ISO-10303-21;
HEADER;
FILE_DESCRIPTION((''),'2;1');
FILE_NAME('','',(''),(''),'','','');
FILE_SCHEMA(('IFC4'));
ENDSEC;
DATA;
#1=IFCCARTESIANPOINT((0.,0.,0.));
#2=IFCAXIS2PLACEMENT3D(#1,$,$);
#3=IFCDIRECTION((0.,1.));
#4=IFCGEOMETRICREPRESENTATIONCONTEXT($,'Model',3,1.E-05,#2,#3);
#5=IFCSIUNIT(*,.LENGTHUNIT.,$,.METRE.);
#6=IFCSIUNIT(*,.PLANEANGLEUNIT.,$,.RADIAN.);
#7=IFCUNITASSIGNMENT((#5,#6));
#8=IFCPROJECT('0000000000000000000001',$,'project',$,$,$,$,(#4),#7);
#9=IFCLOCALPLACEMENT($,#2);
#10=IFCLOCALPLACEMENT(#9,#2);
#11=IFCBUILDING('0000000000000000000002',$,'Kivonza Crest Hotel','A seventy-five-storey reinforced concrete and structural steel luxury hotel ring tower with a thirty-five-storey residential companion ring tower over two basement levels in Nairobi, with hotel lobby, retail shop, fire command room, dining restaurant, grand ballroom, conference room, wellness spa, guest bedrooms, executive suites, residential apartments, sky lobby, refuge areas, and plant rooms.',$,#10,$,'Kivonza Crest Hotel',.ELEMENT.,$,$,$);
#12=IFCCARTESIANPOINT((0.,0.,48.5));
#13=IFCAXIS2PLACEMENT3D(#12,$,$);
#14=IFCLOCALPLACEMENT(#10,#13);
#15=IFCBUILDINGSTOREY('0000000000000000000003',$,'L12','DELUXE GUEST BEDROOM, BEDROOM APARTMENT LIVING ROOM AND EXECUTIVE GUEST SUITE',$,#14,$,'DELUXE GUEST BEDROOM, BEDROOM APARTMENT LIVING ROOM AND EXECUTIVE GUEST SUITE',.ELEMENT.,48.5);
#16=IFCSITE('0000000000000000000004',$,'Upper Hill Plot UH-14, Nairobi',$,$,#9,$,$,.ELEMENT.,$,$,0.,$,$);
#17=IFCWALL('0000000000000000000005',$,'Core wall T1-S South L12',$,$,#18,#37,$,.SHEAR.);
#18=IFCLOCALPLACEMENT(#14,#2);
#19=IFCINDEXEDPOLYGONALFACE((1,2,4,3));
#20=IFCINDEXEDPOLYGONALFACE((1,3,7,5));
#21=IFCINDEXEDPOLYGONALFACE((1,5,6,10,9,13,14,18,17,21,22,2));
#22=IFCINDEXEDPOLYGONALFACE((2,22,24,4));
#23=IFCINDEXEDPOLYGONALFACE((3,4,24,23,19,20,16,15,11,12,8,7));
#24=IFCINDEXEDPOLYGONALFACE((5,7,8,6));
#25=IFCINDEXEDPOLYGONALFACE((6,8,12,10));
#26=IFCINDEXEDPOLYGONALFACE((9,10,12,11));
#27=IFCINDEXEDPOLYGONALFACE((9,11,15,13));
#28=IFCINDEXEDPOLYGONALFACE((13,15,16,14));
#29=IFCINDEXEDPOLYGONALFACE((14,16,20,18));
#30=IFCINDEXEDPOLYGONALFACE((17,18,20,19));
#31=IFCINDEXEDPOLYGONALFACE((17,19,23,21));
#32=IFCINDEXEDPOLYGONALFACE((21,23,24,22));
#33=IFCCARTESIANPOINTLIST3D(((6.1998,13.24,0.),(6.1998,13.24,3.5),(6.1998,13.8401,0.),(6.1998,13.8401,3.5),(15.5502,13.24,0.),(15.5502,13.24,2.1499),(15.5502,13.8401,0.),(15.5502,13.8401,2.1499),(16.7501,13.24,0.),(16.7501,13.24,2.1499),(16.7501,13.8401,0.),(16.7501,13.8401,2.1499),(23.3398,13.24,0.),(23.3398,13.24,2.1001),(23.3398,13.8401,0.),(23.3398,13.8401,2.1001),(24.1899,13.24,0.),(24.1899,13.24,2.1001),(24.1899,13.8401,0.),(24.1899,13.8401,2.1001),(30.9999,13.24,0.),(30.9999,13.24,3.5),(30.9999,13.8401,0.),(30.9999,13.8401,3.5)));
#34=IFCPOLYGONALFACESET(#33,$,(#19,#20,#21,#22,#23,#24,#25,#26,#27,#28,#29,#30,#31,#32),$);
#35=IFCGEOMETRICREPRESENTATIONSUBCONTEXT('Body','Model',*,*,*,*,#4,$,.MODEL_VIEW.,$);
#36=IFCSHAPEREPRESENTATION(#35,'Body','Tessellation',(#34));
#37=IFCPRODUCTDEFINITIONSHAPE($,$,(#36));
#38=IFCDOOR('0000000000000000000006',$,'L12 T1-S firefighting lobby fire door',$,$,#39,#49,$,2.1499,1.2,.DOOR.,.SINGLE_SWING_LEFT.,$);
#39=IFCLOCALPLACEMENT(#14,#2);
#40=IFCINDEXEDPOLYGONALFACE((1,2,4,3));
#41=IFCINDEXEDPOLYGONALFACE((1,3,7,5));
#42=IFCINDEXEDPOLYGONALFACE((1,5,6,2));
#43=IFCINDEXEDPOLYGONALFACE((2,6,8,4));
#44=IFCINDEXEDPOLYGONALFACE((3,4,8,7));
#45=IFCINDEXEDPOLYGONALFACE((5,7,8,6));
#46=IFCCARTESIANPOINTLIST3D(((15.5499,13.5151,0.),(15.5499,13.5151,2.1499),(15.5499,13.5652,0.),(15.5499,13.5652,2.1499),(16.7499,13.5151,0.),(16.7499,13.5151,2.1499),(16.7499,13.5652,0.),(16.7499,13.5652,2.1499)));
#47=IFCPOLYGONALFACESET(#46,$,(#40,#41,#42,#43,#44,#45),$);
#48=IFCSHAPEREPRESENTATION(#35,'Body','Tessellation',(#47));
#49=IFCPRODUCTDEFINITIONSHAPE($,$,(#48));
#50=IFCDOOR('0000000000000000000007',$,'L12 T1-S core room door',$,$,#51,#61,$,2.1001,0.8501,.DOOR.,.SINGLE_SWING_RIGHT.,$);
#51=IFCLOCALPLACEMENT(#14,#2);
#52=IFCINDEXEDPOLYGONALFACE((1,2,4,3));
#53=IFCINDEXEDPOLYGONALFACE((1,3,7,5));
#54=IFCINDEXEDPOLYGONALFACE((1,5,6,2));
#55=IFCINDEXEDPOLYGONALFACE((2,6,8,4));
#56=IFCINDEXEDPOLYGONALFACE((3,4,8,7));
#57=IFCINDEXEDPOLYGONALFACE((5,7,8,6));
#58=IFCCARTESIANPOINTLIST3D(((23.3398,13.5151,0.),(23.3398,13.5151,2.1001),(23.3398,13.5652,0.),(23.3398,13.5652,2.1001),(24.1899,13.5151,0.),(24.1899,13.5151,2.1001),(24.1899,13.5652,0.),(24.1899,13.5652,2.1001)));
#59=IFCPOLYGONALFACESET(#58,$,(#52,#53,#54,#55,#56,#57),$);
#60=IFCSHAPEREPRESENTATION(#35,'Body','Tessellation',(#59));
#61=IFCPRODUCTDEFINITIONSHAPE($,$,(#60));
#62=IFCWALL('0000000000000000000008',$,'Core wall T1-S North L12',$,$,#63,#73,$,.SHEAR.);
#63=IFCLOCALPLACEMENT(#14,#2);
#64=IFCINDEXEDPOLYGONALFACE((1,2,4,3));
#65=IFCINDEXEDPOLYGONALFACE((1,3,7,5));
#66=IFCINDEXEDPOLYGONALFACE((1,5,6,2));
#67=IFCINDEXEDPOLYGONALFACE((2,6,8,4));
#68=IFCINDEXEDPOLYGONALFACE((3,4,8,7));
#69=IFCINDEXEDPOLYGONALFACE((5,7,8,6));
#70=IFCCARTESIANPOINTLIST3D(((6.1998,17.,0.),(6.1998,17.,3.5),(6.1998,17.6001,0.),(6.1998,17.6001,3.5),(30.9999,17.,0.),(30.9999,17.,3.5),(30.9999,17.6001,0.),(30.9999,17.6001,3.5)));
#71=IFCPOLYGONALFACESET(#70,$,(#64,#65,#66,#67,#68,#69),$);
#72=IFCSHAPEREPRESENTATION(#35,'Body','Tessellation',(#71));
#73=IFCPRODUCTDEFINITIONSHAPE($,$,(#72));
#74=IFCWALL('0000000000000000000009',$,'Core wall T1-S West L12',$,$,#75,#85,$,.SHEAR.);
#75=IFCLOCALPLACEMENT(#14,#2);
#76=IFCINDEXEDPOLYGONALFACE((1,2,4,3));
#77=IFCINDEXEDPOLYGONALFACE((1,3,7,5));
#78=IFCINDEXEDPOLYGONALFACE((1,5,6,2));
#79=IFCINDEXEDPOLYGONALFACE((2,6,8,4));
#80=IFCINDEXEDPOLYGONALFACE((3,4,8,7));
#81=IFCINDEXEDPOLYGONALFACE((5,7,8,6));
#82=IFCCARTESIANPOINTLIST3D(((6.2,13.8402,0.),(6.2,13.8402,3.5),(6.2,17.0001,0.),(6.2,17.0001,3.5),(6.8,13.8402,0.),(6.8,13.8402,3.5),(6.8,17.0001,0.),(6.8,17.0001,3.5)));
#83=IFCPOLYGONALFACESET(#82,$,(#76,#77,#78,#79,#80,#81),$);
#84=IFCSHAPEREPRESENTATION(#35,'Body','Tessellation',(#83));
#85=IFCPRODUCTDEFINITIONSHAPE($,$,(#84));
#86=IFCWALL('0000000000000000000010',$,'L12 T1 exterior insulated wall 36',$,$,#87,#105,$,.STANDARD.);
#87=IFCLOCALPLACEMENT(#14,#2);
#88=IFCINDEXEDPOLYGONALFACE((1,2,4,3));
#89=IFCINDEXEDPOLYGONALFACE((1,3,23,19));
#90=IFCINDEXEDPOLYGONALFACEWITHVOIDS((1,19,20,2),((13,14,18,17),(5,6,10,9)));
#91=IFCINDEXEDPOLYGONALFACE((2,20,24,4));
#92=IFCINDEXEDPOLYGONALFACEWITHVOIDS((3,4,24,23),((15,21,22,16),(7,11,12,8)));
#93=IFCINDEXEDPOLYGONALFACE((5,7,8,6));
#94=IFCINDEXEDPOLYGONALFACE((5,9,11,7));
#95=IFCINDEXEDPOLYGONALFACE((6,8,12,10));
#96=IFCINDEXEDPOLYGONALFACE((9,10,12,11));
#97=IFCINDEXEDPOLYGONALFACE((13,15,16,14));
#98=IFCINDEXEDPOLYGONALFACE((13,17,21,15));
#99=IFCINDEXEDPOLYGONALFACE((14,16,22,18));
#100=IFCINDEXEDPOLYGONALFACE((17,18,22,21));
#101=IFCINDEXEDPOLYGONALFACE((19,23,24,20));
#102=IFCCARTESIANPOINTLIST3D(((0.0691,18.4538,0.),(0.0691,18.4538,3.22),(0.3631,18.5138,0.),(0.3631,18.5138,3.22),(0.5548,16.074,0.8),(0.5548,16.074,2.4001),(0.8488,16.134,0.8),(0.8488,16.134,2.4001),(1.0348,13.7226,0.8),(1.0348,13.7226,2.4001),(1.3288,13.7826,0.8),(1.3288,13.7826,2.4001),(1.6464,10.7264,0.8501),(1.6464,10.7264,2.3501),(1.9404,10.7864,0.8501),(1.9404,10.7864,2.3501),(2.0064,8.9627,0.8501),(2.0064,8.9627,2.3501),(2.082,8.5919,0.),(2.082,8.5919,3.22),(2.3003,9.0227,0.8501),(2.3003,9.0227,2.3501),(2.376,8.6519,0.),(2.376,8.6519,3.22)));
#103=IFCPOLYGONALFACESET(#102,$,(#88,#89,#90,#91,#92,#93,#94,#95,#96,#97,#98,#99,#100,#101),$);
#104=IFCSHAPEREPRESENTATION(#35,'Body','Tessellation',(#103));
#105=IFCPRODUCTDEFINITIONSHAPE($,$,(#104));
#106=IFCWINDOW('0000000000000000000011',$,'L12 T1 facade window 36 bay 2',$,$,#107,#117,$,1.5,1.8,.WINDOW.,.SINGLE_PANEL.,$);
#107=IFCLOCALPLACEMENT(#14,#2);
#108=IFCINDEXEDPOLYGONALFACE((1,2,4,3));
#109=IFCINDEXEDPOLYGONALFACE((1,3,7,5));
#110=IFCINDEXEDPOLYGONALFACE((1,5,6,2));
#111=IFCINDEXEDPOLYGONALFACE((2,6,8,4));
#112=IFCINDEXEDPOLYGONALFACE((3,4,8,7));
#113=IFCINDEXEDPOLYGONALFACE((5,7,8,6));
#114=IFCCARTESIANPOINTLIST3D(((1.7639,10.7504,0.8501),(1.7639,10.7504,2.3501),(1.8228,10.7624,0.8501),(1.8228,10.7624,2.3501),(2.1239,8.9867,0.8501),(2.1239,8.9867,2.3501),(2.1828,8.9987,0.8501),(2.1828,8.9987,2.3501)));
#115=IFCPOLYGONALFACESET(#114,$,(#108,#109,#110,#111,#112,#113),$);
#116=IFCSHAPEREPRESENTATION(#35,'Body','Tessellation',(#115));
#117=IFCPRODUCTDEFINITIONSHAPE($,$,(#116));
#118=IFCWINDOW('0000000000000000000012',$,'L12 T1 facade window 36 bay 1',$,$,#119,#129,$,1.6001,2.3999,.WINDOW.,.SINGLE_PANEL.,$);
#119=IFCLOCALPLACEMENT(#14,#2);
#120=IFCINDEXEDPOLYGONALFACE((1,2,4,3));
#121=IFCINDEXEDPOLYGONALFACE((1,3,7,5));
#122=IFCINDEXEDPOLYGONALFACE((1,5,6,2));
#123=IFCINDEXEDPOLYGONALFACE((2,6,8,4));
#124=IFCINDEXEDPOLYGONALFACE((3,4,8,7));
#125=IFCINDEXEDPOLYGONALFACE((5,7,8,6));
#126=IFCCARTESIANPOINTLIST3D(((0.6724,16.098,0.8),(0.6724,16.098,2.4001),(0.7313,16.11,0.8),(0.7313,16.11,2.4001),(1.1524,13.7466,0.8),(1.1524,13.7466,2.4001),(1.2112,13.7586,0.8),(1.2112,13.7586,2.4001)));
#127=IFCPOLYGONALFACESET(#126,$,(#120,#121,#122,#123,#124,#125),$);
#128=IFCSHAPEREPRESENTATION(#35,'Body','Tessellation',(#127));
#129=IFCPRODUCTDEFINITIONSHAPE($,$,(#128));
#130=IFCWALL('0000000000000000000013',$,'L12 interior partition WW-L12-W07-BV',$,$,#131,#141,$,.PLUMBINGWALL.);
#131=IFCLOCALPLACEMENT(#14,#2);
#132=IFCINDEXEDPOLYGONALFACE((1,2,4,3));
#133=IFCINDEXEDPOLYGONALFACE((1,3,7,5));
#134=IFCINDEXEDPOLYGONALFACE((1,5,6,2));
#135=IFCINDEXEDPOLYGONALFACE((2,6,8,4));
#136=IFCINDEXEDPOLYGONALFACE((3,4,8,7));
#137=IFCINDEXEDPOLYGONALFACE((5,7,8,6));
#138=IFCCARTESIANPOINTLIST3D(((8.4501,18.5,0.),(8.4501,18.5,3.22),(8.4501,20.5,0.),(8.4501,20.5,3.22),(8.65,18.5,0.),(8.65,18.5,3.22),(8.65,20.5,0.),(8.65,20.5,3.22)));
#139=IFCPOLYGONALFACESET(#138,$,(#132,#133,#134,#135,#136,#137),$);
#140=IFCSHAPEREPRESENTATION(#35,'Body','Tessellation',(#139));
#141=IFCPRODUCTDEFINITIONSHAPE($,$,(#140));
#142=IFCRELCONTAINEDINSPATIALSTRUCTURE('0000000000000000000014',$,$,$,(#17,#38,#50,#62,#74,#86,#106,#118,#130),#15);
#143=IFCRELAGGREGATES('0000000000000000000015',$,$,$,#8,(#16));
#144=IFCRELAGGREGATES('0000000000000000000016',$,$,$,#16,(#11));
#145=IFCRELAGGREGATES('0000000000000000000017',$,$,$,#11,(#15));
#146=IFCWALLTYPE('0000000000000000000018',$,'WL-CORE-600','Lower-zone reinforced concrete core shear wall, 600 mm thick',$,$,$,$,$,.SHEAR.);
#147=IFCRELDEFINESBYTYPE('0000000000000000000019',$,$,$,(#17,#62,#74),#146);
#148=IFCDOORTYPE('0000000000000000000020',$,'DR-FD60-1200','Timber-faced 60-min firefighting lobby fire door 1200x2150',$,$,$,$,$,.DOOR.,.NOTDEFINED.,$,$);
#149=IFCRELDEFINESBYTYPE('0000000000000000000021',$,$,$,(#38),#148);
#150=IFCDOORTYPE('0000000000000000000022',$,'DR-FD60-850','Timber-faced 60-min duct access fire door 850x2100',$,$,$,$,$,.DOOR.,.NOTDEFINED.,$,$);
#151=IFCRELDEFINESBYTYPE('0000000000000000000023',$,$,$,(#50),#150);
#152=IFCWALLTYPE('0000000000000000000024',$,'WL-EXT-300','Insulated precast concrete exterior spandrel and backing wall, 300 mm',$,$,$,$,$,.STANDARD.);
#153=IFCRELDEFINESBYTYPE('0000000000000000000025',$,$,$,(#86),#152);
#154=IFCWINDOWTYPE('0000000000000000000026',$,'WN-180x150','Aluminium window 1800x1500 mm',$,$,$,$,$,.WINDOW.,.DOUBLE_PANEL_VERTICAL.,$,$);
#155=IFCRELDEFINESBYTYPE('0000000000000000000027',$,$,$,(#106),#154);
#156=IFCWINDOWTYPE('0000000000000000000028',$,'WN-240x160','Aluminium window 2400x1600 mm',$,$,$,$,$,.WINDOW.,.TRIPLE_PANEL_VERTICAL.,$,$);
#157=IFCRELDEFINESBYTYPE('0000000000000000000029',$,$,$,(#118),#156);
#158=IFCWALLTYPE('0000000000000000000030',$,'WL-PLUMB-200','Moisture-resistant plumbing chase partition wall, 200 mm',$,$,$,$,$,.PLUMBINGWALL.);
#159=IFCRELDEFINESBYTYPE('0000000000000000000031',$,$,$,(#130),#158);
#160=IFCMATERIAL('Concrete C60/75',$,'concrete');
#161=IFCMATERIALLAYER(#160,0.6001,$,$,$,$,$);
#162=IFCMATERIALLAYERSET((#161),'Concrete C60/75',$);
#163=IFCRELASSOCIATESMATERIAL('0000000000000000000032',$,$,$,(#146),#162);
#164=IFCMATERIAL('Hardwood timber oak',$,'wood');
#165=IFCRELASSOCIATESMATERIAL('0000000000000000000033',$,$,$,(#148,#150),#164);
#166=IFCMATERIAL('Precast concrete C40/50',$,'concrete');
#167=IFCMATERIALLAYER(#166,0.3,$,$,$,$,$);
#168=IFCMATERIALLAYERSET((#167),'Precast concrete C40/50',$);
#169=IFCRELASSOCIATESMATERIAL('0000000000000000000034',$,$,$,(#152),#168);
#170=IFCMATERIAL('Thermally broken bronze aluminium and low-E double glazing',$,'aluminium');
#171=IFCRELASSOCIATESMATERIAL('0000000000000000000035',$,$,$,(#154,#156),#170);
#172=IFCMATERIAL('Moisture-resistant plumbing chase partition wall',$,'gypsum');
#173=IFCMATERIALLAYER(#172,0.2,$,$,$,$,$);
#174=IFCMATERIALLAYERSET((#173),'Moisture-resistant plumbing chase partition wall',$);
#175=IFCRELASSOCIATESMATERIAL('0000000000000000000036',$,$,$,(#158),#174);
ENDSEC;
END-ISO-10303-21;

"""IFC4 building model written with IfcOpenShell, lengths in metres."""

from ifc_helpers import new_model, si_unit, direction, frame, frame_2d, origin, place, context, subcontext, project, spatial, rectangle, extrude, material, layer, layer_set, type_object, element, fill, save


model = new_model("IFC4")

# Units and contexts
model_context = context("Model", 3, precision=1e-05, world=origin(), true_north=direction((0.0, 1.0)))
body_context = subcontext(model_context, "Body", "Model", "MODEL_VIEW")
ifc_project = project(units=[si_unit("LENGTHUNIT", "METRE"), si_unit("PLANEANGLEUNIT", "RADIAN")], contexts=[model_context])

# Site, building, storey
site_placement = place(None, origin())
site = spatial("IfcSite", under=ifc_project, at=site_placement, Name="Upper Hill Plot UH-14, Nairobi", CompositionType="ELEMENT", RefElevation=0.0)
building_placement = place(site_placement, origin())
building = spatial("IfcBuilding", under=site, at=building_placement, Name="Kivonza Crest Hotel", Description="A seventy-five-storey reinforced concrete and structural steel luxury hotel ring tower with a thirty-five-storey residential companion ring tower over two basement levels in Nairobi, with hotel lobby, retail shop, fire command room, dining restaurant, grand ballroom, conference room, wellness spa, guest bedrooms, executive suites, residential apartments, sky lobby, refuge areas, and plant rooms.", LongName="Kivonza Crest Hotel", CompositionType="ELEMENT")
storey_placement = place(building_placement, frame((0.0, 0.0, 48.5)))
storey = spatial("IfcBuildingStorey", under=building, at=storey_placement, Name="L12", Description="DELUXE GUEST BEDROOM, BEDROOM APARTMENT LIVING ROOM AND EXECUTIVE GUEST SUITE", LongName="DELUXE GUEST BEDROOM, BEDROOM APARTMENT LIVING ROOM AND EXECUTIVE GUEST SUITE", CompositionType="ELEMENT", Elevation=48.5)

# Shared definitions
ifc_material_1 = material(Name="Concrete C60/75", Category="concrete")

# Wall, openings, doors
ifc_layer_1 = layer(ifc_material_1, 0.6001)
ifc_layer_set_1 = layer_set([ifc_layer_1], Name="Concrete C60/75")
wall_type_1 = type_object("IfcWallType", Name="WL-CORE-600", Description="Lower-zone reinforced concrete core shear wall, 600 mm thick", PredefinedType="SHEAR", material=ifc_layer_set_1)
wall_1_placement = place(storey_placement, frame((6.2, 13.54, 0.0), z_axis=(0.0, 0.0, 1.0), x_axis=(1.0, 0.0, 0.0)))
wall_1 = element("IfcWall", 1, at=wall_1_placement, inside=storey, type_object=wall_type_1, Name="Core wall T1-S South L12", PredefinedType="SHEAR", context=body_context, shape_type="SweptSolid", body=[
    extrude(rectangle(XDim=24.8, YDim=0.6001, at=frame_2d((12.3999, 0.0))), origin(), (0.0, 0.0, 1.0), 3.5),
])
opening_1_placement = place(wall_1_placement, frame((9.3501, 0.0, 0.0)))
opening_1 = element("IfcOpeningElement", 2, at=opening_1_placement, cuts=wall_1, PredefinedType="OPENING", context=body_context, shape_type="SweptSolid", body=[
    extrude(rectangle(XDim=1.2, YDim=2.1499, at=frame_2d((0.6001, 1.075))), frame((0.0, 0.3101, 0.0), z_axis=(0.0, -1.0, 0.0), x_axis=(1.0, 0.0, 0.0)), (0.0, 0.0, 1.0), 0.6201),
])
opening_2_placement = place(wall_1_placement, frame((17.1399, 0.0, 0.0)))
opening_2 = element("IfcOpeningElement", 3, at=opening_2_placement, cuts=wall_1, PredefinedType="OPENING", context=body_context, shape_type="SweptSolid", body=[
    extrude(rectangle(XDim=0.8501, YDim=2.1001, at=frame_2d((0.425, 1.05))), frame((0.0, 0.3101, 0.0), z_axis=(0.0, -1.0, 0.0), x_axis=(1.0, 0.0, 0.0)), (0.0, 0.0, 1.0), 0.6201),
])
ifc_material_2 = material(Name="Hardwood timber oak", Category="wood")
door_type_1 = type_object("IfcDoorType", Name="DR-FD60-1200", Description="Timber-faced 60-min firefighting lobby fire door 1200x2150", OperationType="NOTDEFINED", PredefinedType="DOOR", material=ifc_material_2)
door_1_placement = place(opening_1_placement, frame((1.2, 0.0, 0.0), z_axis=(0.0, 0.0, 1.0), x_axis=(-1.0, 0.0, 0.0)))
door_1 = element("IfcDoor", 4, at=door_1_placement, inside=storey, type_object=door_type_1, Name="L12 T1-S firefighting lobby fire door", OperationType="SINGLE_SWING_LEFT", OverallHeight=2.1499, OverallWidth=1.2, PredefinedType="DOOR", context=body_context, shape_type="SweptSolid", body=[
    extrude(rectangle(XDim=1.2, YDim=2.1499, at=frame_2d((0.6001, 1.075))), frame((0.0, 0.0249, 0.0), z_axis=(0.0, -1.0, 0.0), x_axis=(1.0, 0.0, 0.0)), (0.0, 0.0, 1.0), 0.05),
])
fill(opening_1, door_1)
door_type_2 = type_object("IfcDoorType", Name="DR-FD60-850", Description="Timber-faced 60-min duct access fire door 850x2100", OperationType="NOTDEFINED", PredefinedType="DOOR", material=ifc_material_2)
door_2_placement = place(opening_2_placement, frame((0.8501, 0.0, 0.0), z_axis=(0.0, 0.0, 1.0), x_axis=(-1.0, 0.0, 0.0)))
door_2 = element("IfcDoor", 5, at=door_2_placement, inside=storey, type_object=door_type_2, Name="L12 T1-S core room door", OperationType="SINGLE_SWING_RIGHT", OverallHeight=2.1001, OverallWidth=0.8501, PredefinedType="DOOR", context=body_context, shape_type="SweptSolid", body=[
    extrude(rectangle(XDim=0.8501, YDim=2.1001, at=frame_2d((0.425, 1.05))), frame((0.0, 0.0249, 0.0), z_axis=(0.0, -1.0, 0.0), x_axis=(1.0, 0.0, 0.0)), (0.0, 0.0, 1.0), 0.05),
])
fill(opening_2, door_2)

# Walls
wall_2_placement = place(storey_placement, frame((6.2, 17.3, 0.0), z_axis=(0.0, 0.0, 1.0), x_axis=(1.0, 0.0, 0.0)))
element("IfcWall", 6, at=wall_2_placement, inside=storey, type_object=wall_type_1, Name="Core wall T1-S North L12", PredefinedType="SHEAR", context=body_context, shape_type="SweptSolid", body=[
    extrude(rectangle(XDim=24.8, YDim=0.6001, at=frame_2d((12.3999, 0.0))), origin(), (0.0, 0.0, 1.0), 3.5),
])
wall_3_placement = place(storey_placement, frame((6.5, 13.8401, 0.0), z_axis=(0.0, 0.0, 1.0), x_axis=(0.0, 1.0, 0.0)))
element("IfcWall", 7, at=wall_3_placement, inside=storey, type_object=wall_type_1, Name="Core wall T1-S West L12", PredefinedType="SHEAR", context=body_context, shape_type="SweptSolid", body=[
    extrude(rectangle(XDim=3.1599, YDim=0.6001, at=frame_2d((1.5801, 0.0))), origin(), (0.0, 0.0, 1.0), 3.5),
])

# Wall, openings, windows
ifc_material_3 = material(Name="Precast concrete C40/50", Category="concrete")
ifc_layer_2 = layer(ifc_material_3, 0.3)
ifc_layer_set_2 = layer_set([ifc_layer_2], Name="Precast concrete C40/50")
wall_type_2 = type_object("IfcWallType", Name="WL-EXT-300", Description="Insulated precast concrete exterior spandrel and backing wall, 300 mm", PredefinedType="STANDARD", material=ifc_layer_set_2)
wall_4_placement = place(storey_placement, frame((0.2161, 18.4839, 0.0), z_axis=(0.0, 0.0, 1.0), x_axis=(0.199991, -0.979798, 0.0)))
wall_4 = element("IfcWall", 8, at=wall_4_placement, inside=storey, type_object=wall_type_2, Name="L12 T1 exterior insulated wall 36", PredefinedType="STANDARD", context=body_context, shape_type="SweptSolid", body=[
    extrude(rectangle(XDim=10.0652, YDim=0.3, at=frame_2d((5.0327, 0.0))), origin(), (0.0, 0.0, 1.0), 3.22),
])
opening_3_placement = place(wall_4_placement, frame((2.429, 0.0, 0.8)))
opening_3 = element("IfcOpeningElement", 9, at=opening_3_placement, cuts=wall_4, PredefinedType="OPENING", context=body_context, shape_type="SweptSolid", body=[
    extrude(rectangle(XDim=2.3999, YDim=1.6001, at=frame_2d((1.2, 0.8))), frame((0.0, 0.1602, 0.0), z_axis=(0.0, -1.0, 0.0), x_axis=(1.0, 0.0, 0.0)), (0.0, 0.0, 1.0), 0.3201),
])
opening_4_placement = place(wall_4_placement, frame((7.887, 0.0, 0.8501)))
opening_4 = element("IfcOpeningElement", 10, at=opening_4_placement, cuts=wall_4, PredefinedType="OPENING", context=body_context, shape_type="SweptSolid", body=[
    extrude(rectangle(XDim=1.8, YDim=1.5, at=frame_2d((0.8999, 0.75))), frame((0.0, 0.1602, 0.0), z_axis=(0.0, -1.0, 0.0), x_axis=(1.0, 0.0, 0.0)), (0.0, 0.0, 1.0), 0.3201),
])
ifc_material_4 = material(Name="Thermally broken bronze aluminium and low-E double glazing", Category="aluminium")
window_type_1 = type_object("IfcWindowType", Name="WN-180x150", Description="Aluminium window 1800x1500 mm", PartitioningType="DOUBLE_PANEL_VERTICAL", PredefinedType="WINDOW", material=ifc_material_4)
window_1_placement = place(opening_4_placement, origin())
window_1 = element("IfcWindow", 11, at=window_1_placement, inside=storey, type_object=window_type_1, Name="L12 T1 facade window 36 bay 2", OverallHeight=1.5, OverallWidth=1.8, PartitioningType="SINGLE_PANEL", PredefinedType="WINDOW", context=body_context, shape_type="SweptSolid", body=[
    extrude(rectangle(XDim=1.8, YDim=1.5, at=frame_2d((0.8999, 0.75))), frame((0.0, 0.03, 0.0), z_axis=(0.0, -1.0, 0.0), x_axis=(1.0, 0.0, 0.0)), (0.0, 0.0, 1.0), 0.0601),
])
fill(opening_4, window_1)
window_type_2 = type_object("IfcWindowType", Name="WN-240x160", Description="Aluminium window 2400x1600 mm", PartitioningType="TRIPLE_PANEL_VERTICAL", PredefinedType="WINDOW", material=ifc_material_4)
window_2_placement = place(opening_3_placement, origin())
window_2 = element("IfcWindow", 12, at=window_2_placement, inside=storey, type_object=window_type_2, Name="L12 T1 facade window 36 bay 1", OverallHeight=1.6001, OverallWidth=2.3999, PartitioningType="SINGLE_PANEL", PredefinedType="WINDOW", context=body_context, shape_type="SweptSolid", body=[
    extrude(rectangle(XDim=2.3999, YDim=1.6001, at=frame_2d((1.2, 0.8))), frame((0.0, 0.03, 0.0), z_axis=(0.0, -1.0, 0.0), x_axis=(1.0, 0.0, 0.0)), (0.0, 0.0, 1.0), 0.0601),
])
fill(opening_3, window_2)

# Wall
ifc_material_5 = material(Name="Moisture-resistant plumbing chase partition wall", Category="gypsum")
ifc_layer_3 = layer(ifc_material_5, 0.2)
ifc_layer_set_3 = layer_set([ifc_layer_3], Name="Moisture-resistant plumbing chase partition wall")
wall_type_3 = type_object("IfcWallType", Name="WL-PLUMB-200", Description="Moisture-resistant plumbing chase partition wall, 200 mm", PredefinedType="PLUMBINGWALL", material=ifc_layer_set_3)
wall_5_placement = place(storey_placement, frame((8.55, 18.5, 0.0), z_axis=(0.0, 0.0, 1.0), x_axis=(0.0, 1.0, 0.0)))
element("IfcWall", 13, at=wall_5_placement, inside=storey, type_object=wall_type_3, Name="L12 interior partition WW-L12-W07-BV", PredefinedType="PLUMBINGWALL", context=body_context, shape_type="SweptSolid", body=[
    extrude(rectangle(XDim=2.0, YDim=0.2, at=frame_2d((1.0, 0.0))), origin(), (0.0, 0.0, 1.0), 3.22),
])

save(model, "model.ifc")
